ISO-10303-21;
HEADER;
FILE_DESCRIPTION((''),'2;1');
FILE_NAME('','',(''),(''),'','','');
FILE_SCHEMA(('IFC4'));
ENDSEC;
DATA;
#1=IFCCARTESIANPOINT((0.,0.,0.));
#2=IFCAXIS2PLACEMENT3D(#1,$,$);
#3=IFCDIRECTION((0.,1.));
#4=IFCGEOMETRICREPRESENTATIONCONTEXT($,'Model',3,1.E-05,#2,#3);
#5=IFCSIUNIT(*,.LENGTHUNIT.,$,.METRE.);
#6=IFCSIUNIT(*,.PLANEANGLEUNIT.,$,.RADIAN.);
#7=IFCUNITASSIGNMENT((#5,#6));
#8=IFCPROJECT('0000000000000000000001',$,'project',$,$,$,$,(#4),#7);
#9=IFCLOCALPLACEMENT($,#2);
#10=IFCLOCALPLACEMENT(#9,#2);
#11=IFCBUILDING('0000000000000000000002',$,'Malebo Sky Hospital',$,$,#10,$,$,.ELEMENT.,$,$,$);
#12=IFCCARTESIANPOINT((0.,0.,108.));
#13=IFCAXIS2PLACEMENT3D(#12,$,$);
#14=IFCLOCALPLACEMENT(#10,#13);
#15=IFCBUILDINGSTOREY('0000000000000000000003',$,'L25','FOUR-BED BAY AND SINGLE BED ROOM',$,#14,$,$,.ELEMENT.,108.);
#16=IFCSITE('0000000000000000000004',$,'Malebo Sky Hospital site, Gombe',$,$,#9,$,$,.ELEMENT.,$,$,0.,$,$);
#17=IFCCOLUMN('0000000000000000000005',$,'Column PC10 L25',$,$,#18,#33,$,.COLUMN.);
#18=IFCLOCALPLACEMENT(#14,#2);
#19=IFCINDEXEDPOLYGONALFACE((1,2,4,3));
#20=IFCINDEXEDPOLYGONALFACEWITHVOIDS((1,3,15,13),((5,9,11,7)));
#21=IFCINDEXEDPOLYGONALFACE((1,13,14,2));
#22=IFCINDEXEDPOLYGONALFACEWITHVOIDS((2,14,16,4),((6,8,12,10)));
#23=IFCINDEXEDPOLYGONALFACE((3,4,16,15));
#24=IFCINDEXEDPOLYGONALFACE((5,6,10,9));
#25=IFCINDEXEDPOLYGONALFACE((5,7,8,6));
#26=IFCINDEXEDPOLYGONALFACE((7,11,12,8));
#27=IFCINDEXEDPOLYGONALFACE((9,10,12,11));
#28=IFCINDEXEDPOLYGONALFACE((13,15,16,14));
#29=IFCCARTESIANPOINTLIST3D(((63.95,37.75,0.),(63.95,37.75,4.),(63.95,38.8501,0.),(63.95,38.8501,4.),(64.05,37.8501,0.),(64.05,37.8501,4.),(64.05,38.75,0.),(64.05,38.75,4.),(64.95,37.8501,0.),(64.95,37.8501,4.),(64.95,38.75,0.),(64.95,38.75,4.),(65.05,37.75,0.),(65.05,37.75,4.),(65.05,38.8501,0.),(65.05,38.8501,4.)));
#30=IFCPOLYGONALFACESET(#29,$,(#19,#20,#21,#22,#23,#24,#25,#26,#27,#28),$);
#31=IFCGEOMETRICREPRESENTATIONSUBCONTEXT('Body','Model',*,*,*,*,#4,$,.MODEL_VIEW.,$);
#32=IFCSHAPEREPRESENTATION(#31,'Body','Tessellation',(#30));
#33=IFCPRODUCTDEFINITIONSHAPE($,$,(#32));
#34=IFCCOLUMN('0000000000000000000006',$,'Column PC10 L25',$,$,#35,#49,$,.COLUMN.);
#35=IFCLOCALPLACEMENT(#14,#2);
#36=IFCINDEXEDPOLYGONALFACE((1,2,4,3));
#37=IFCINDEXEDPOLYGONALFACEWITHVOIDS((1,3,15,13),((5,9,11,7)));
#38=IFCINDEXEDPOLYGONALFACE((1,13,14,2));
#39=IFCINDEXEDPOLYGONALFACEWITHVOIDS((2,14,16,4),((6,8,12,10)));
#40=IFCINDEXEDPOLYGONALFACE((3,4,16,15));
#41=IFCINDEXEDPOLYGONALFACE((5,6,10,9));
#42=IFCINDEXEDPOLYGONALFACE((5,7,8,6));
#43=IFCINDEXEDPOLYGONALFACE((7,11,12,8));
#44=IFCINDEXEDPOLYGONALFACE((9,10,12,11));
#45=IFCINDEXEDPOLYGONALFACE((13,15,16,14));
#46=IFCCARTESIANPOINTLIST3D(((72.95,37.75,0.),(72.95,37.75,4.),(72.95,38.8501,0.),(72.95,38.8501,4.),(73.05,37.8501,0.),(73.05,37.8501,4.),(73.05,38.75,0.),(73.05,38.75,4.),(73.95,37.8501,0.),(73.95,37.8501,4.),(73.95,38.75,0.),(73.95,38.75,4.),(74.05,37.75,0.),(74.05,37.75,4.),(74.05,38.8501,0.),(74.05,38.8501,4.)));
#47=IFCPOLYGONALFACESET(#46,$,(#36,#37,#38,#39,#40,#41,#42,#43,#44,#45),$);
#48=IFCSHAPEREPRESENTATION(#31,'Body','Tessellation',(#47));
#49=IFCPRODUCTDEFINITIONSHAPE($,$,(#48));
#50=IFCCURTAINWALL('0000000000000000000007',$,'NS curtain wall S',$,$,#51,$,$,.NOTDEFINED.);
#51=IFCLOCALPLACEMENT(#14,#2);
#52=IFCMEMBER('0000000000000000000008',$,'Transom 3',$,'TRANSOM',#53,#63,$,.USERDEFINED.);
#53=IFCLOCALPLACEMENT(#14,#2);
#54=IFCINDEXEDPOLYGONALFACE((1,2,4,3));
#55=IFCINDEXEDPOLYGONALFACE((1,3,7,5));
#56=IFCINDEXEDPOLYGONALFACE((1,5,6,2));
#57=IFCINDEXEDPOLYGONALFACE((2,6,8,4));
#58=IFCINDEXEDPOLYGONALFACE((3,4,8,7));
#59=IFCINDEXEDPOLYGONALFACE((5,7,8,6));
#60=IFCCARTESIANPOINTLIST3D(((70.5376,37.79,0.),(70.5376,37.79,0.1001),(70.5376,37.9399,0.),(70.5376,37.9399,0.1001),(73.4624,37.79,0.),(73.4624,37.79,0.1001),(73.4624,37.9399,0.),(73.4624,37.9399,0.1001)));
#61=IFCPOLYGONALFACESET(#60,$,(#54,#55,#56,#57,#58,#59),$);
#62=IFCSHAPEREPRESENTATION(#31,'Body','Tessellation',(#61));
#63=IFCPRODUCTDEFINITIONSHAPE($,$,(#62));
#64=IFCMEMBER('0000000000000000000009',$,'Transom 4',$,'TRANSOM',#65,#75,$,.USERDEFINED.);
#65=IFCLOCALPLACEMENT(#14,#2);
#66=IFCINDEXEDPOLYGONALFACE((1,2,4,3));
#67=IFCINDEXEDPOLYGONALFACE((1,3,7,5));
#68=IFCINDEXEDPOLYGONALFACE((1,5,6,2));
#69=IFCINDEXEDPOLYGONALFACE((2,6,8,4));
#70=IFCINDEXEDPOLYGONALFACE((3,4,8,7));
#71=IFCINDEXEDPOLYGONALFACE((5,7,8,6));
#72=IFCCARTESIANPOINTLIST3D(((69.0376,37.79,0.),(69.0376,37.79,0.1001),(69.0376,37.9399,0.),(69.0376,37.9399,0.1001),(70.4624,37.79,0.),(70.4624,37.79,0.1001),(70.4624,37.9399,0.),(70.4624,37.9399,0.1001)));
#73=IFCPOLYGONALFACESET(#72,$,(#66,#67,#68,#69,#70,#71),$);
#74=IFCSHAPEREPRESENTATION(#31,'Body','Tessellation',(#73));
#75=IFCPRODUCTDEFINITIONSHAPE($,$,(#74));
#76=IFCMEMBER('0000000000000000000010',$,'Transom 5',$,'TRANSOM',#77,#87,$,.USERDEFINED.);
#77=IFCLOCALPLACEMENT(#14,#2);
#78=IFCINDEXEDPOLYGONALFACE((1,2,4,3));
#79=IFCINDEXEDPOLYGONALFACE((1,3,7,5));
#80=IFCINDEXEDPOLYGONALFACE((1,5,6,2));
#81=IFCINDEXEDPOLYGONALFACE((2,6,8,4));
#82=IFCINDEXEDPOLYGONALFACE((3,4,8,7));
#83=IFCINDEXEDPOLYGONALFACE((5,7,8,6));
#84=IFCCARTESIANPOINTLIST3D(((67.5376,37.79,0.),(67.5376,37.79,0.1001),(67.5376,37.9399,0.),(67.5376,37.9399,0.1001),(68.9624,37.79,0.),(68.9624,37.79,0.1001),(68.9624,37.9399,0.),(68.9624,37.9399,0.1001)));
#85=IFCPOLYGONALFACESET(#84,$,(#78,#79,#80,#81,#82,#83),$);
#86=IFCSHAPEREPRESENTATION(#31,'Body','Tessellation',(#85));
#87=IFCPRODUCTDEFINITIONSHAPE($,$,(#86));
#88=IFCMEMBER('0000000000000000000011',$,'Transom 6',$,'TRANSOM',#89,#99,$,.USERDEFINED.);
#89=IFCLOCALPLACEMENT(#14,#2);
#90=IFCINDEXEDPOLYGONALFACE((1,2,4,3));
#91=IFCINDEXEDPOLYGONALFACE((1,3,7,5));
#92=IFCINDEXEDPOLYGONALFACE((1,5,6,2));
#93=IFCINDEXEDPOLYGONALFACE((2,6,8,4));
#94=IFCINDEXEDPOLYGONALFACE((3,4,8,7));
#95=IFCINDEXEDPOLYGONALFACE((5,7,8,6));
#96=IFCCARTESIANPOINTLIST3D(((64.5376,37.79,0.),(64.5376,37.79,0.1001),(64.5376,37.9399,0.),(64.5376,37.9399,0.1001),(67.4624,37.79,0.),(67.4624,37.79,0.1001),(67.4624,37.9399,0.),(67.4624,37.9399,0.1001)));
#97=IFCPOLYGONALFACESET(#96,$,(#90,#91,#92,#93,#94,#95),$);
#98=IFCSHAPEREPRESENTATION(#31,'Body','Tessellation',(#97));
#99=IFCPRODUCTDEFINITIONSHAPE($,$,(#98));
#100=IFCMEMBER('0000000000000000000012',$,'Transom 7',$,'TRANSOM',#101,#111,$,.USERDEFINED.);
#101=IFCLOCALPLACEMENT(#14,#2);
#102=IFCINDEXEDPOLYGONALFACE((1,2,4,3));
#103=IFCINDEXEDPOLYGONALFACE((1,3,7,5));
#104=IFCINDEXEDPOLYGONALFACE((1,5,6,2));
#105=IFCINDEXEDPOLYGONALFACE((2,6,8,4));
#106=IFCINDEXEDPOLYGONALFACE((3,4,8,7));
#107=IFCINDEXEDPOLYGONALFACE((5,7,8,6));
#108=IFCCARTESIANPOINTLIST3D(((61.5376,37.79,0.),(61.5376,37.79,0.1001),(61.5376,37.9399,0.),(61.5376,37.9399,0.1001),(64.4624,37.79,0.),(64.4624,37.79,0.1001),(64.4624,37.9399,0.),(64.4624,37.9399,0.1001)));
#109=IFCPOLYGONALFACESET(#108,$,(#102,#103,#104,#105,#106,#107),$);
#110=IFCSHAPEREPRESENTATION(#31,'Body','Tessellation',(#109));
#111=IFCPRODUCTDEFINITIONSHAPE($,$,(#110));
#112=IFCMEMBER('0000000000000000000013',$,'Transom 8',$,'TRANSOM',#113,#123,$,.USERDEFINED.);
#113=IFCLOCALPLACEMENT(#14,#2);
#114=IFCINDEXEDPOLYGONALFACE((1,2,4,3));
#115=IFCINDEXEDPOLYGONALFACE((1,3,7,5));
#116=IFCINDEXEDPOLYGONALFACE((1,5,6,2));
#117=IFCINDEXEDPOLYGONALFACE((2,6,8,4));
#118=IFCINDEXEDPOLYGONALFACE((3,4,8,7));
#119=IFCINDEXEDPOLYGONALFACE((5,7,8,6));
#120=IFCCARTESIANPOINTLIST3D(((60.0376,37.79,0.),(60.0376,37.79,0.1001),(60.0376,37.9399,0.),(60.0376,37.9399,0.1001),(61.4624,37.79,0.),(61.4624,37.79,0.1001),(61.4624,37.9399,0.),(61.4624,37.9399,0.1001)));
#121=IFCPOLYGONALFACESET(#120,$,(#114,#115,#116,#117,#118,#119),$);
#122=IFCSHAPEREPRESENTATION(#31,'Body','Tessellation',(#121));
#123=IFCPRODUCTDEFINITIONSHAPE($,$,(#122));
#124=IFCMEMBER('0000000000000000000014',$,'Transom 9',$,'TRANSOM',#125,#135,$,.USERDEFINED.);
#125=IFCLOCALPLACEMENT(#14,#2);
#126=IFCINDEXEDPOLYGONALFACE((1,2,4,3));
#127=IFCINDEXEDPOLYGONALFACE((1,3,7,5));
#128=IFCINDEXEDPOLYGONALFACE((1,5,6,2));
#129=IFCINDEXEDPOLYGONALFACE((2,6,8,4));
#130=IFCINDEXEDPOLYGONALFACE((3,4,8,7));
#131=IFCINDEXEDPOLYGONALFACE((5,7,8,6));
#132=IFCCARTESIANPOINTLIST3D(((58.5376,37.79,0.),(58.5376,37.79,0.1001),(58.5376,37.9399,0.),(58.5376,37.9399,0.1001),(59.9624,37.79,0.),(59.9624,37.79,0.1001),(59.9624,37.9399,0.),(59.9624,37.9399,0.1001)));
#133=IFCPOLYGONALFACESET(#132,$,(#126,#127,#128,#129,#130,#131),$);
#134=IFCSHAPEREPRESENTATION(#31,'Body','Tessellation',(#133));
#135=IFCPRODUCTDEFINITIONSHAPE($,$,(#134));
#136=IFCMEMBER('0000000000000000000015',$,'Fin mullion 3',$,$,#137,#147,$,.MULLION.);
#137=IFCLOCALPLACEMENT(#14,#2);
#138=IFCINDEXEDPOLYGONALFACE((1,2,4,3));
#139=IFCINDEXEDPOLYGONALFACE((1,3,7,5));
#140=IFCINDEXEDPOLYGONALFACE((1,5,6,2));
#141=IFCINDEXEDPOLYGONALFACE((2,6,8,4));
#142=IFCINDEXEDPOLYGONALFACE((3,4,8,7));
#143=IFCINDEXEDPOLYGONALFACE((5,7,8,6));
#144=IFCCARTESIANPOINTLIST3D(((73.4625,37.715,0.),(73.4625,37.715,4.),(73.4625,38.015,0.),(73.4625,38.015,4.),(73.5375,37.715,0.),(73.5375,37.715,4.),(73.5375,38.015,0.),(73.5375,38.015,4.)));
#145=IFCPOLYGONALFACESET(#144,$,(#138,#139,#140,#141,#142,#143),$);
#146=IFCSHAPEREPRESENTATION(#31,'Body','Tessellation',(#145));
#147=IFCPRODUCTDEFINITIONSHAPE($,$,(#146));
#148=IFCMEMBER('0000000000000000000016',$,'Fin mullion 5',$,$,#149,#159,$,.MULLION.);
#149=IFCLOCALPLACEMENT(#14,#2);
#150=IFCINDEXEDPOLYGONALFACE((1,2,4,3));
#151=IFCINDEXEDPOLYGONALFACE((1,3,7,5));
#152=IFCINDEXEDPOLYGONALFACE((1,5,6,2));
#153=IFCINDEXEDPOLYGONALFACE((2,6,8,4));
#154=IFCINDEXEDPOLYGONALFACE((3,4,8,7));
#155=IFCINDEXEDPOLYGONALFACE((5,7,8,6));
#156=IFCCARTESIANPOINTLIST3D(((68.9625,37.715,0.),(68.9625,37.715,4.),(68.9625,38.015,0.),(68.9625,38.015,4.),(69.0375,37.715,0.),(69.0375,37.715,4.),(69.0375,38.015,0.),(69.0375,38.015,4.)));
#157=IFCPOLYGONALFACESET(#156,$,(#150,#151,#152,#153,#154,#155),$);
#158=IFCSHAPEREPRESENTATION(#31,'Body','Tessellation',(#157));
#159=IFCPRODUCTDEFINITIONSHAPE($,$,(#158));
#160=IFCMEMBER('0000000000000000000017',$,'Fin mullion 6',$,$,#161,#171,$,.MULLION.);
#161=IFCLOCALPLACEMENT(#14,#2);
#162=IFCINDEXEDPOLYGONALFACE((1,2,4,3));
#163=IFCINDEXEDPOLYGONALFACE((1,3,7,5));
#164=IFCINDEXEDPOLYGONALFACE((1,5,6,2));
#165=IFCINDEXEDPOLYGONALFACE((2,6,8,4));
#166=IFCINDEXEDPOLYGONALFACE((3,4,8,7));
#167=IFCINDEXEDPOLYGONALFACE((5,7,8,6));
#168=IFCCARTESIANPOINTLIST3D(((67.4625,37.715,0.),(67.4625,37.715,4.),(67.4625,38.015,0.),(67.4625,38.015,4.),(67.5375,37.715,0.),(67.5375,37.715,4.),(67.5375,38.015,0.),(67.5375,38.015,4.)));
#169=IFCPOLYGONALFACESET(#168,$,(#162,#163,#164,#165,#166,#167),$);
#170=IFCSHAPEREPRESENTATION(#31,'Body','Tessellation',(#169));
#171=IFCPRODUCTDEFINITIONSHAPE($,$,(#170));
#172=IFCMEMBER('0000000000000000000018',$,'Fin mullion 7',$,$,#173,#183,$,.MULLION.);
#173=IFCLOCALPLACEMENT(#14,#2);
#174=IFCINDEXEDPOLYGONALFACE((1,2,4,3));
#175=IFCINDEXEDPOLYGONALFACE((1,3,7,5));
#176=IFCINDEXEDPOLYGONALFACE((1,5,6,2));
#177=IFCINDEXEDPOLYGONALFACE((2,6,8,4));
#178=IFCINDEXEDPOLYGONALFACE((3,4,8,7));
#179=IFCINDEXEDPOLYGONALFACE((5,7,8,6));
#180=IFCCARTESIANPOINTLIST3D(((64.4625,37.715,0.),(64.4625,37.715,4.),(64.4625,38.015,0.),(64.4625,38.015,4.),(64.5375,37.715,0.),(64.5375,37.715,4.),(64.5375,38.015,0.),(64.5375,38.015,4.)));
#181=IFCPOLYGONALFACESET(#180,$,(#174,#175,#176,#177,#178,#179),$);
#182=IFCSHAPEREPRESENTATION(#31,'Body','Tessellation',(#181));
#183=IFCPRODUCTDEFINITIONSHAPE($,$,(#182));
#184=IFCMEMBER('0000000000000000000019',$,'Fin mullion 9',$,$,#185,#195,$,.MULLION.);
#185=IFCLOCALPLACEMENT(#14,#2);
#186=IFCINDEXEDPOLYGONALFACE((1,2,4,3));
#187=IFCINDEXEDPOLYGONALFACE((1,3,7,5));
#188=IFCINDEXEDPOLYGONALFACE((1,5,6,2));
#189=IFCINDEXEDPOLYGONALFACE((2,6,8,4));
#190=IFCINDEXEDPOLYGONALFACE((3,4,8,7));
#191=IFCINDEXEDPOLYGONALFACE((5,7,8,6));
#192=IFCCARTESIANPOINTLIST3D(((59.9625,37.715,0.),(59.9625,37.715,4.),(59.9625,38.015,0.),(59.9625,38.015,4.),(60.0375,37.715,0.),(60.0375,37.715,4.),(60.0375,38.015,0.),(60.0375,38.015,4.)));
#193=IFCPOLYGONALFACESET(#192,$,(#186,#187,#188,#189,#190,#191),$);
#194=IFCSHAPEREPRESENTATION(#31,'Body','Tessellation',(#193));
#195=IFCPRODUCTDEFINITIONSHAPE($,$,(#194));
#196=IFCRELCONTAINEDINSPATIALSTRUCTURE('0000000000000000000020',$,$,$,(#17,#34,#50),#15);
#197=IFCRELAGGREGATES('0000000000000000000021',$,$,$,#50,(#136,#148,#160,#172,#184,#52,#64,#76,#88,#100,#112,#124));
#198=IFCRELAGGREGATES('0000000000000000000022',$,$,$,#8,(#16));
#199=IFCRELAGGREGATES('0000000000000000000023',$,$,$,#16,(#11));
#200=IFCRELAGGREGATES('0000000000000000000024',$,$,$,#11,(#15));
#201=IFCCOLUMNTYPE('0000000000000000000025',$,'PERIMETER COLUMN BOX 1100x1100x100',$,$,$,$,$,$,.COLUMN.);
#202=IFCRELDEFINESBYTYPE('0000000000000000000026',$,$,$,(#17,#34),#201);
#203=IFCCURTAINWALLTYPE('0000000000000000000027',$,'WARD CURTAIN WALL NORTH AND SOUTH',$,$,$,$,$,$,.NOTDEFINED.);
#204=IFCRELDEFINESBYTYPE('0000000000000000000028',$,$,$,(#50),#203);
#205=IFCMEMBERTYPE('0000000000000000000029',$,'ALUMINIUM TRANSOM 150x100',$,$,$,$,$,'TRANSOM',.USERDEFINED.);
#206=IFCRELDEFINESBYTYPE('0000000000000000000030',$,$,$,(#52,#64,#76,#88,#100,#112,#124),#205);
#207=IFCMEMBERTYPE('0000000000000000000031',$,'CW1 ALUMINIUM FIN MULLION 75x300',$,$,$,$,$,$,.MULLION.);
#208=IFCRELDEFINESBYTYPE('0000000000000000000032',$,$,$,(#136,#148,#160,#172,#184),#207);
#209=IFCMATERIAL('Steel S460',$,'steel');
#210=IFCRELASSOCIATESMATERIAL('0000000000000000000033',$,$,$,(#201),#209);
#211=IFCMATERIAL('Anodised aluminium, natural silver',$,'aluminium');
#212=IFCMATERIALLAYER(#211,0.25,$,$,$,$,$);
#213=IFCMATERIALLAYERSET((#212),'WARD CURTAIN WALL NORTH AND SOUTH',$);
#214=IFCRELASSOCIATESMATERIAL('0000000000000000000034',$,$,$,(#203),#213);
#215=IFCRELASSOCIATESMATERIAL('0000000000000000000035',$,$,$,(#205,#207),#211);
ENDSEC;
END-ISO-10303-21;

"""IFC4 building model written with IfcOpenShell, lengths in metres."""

from ifc_helpers import new_model, si_unit, direction, frame, origin, origin_2d, place, context, subcontext, project, spatial, rectangle, hollow_rectangle, extrude, material, layer, layer_set, material_profile, profile_set, type_object, element, aggregate, save


model = new_model("IFC4")

# Units and contexts
model_context = context("Model", 3, precision=1e-05, world=origin(), true_north=direction((0.0, 1.0)))
body_context = subcontext(model_context, "Body", "Model", "MODEL_VIEW")
ifc_project = project(units=[si_unit("LENGTHUNIT", "METRE"), si_unit("PLANEANGLEUNIT", "RADIAN")], contexts=[model_context])

# Site, building, storey
site_placement = place(None, origin())
site = spatial("IfcSite", under=ifc_project, at=site_placement, Name="Malebo Sky Hospital site, Gombe", CompositionType="ELEMENT", RefElevation=0.0)
building_placement = place(site_placement, origin())
building = spatial("IfcBuilding", under=site, at=building_placement, Name="Malebo Sky Hospital", CompositionType="ELEMENT")
storey_placement = place(building_placement, frame((0.0, 0.0, 108.0)))
storey = spatial("IfcBuildingStorey", under=building, at=storey_placement, Name="L25", Description="FOUR-BED BAY AND SINGLE BED ROOM", CompositionType="ELEMENT", Elevation=108.0)

# Columns
ifc_material_1 = material(Name="Steel S460", Category="steel")
ifc_material_profile_1 = material_profile(ifc_material_1, hollow_rectangle(XDim=1.1001, YDim=1.1001, WallThickness=0.1001, at=origin_2d()), Name="BOX 1100x1100x100")
ifc_profile_set_1 = profile_set([ifc_material_profile_1], Name="Steel S460")
column_type = type_object("IfcColumnType", Name="PERIMETER COLUMN BOX 1100x1100x100", PredefinedType="COLUMN", material=ifc_profile_set_1)
for number, where, z_axis, x_axis, name in (
    (1, (64.5, 38.3, 0.0), (0.0, 0.0, 1.0), (1.0, 0.0, 0.0), "Column PC10 L25"),
    (2, (73.5, 38.3, 0.0), (0.0, 0.0, 1.0), (1.0, 0.0, 0.0), "Column PC10 L25"),
):
    element("IfcColumn", number, at=place(storey_placement, frame(where, z_axis=z_axis, x_axis=x_axis)), inside=storey, type_object=column_type, Name=name, PredefinedType="COLUMN", context=body_context, shape_type="SweptSolid", body=[
        extrude(hollow_rectangle(XDim=1.1001, YDim=1.1001, WallThickness=0.1001, at=origin_2d()), origin(), (0.0, 0.0, 1.0), 4.0),
    ])

# Curtain wall, members
ifc_material_2 = material(Name="Anodised aluminium, natural silver", Category="aluminium")
ifc_layer_1 = layer(ifc_material_2, 0.25)
ifc_layer_set_1 = layer_set([ifc_layer_1], Name="WARD CURTAIN WALL NORTH AND SOUTH")
curtain_wall_type = type_object("IfcCurtainWallType", Name="WARD CURTAIN WALL NORTH AND SOUTH", PredefinedType="NOTDEFINED", material=ifc_layer_set_1)
curtain_wall_placement = place(storey_placement, origin())
curtain_wall = element("IfcCurtainWall", 3, at=curtain_wall_placement, inside=storey, type_object=curtain_wall_type, Name="NS curtain wall S", PredefinedType="NOTDEFINED")
ifc_material_profile_2 = material_profile(ifc_material_2, rectangle(XDim=0.1499, YDim=0.1001, at=origin_2d()), Name="ALUMINIUM TRANSOM 150x100")
ifc_profile_set_2 = profile_set([ifc_material_profile_2], Name="Anodised aluminium, natural silver")
member_type_1 = type_object("IfcMemberType", Name="ALUMINIUM TRANSOM 150x100", ElementType="TRANSOM", PredefinedType="USERDEFINED", material=ifc_profile_set_2)
member_1_placement = place(storey_placement, frame((73.4624, 37.865, 0.05), z_axis=(-1.0, 0.0, 0.0), x_axis=(0.0, -1.0, 0.0)))
member_1 = element("IfcMember", 4, at=member_1_placement, type_object=member_type_1, Name="Transom 3", ObjectType="TRANSOM", PredefinedType="USERDEFINED", context=body_context, shape_type="SweptSolid", body=[
    extrude(rectangle(XDim=0.1499, YDim=0.1001, at=origin_2d()), origin(), (0.0, 0.0, 1.0), 2.9248),
])
member_2_placement = place(storey_placement, frame((70.4624, 37.865, 0.05), z_axis=(-1.0, 0.0, 0.0), x_axis=(0.0, -1.0, 0.0)))
member_2 = element("IfcMember", 5, at=member_2_placement, type_object=member_type_1, Name="Transom 4", ObjectType="TRANSOM", PredefinedType="USERDEFINED", context=body_context, shape_type="SweptSolid", body=[
    extrude(rectangle(XDim=0.1499, YDim=0.1001, at=origin_2d()), origin(), (0.0, 0.0, 1.0), 1.4248),
])
member_3_placement = place(storey_placement, frame((68.9624, 37.865, 0.05), z_axis=(-1.0, 0.0, 0.0), x_axis=(0.0, -1.0, 0.0)))
member_3 = element("IfcMember", 6, at=member_3_placement, type_object=member_type_1, Name="Transom 5", ObjectType="TRANSOM", PredefinedType="USERDEFINED", context=body_context, shape_type="SweptSolid", body=[
    extrude(rectangle(XDim=0.1499, YDim=0.1001, at=origin_2d()), origin(), (0.0, 0.0, 1.0), 1.4248),
])
member_4_placement = place(storey_placement, frame((67.4624, 37.865, 0.05), z_axis=(-1.0, 0.0, 0.0), x_axis=(0.0, -1.0, 0.0)))
member_4 = element("IfcMember", 7, at=member_4_placement, type_object=member_type_1, Name="Transom 6", ObjectType="TRANSOM", PredefinedType="USERDEFINED", context=body_context, shape_type="SweptSolid", body=[
    extrude(rectangle(XDim=0.1499, YDim=0.1001, at=origin_2d()), origin(), (0.0, 0.0, 1.0), 2.9248),
])
member_5_placement = place(storey_placement, frame((64.4624, 37.865, 0.05), z_axis=(-1.0, 0.0, 0.0), x_axis=(0.0, -1.0, 0.0)))
member_5 = element("IfcMember", 8, at=member_5_placement, type_object=member_type_1, Name="Transom 7", ObjectType="TRANSOM", PredefinedType="USERDEFINED", context=body_context, shape_type="SweptSolid", body=[
    extrude(rectangle(XDim=0.1499, YDim=0.1001, at=origin_2d()), origin(), (0.0, 0.0, 1.0), 2.9248),
])
member_6_placement = place(storey_placement, frame((61.4624, 37.865, 0.05), z_axis=(-1.0, 0.0, 0.0), x_axis=(0.0, -1.0, 0.0)))
member_6 = element("IfcMember", 9, at=member_6_placement, type_object=member_type_1, Name="Transom 8", ObjectType="TRANSOM", PredefinedType="USERDEFINED", context=body_context, shape_type="SweptSolid", body=[
    extrude(rectangle(XDim=0.1499, YDim=0.1001, at=origin_2d()), origin(), (0.0, 0.0, 1.0), 1.4248),
])
member_7_placement = place(storey_placement, frame((59.9624, 37.865, 0.05), z_axis=(-1.0, 0.0, 0.0), x_axis=(0.0, -1.0, 0.0)))
member_7 = element("IfcMember", 10, at=member_7_placement, type_object=member_type_1, Name="Transom 9", ObjectType="TRANSOM", PredefinedType="USERDEFINED", context=body_context, shape_type="SweptSolid", body=[
    extrude(rectangle(XDim=0.1499, YDim=0.1001, at=origin_2d()), origin(), (0.0, 0.0, 1.0), 1.4248),
])
ifc_material_profile_3 = material_profile(ifc_material_2, rectangle(XDim=0.075, YDim=0.3, at=origin_2d()), Name="CW1 ALUMINIUM FIN MULLION 75x300")
ifc_profile_set_3 = profile_set([ifc_material_profile_3], Name="Anodised aluminium, natural silver")
member_type_2 = type_object("IfcMemberType", Name="CW1 ALUMINIUM FIN MULLION 75x300", PredefinedType="MULLION", material=ifc_profile_set_3)
member_8_placement = place(storey_placement, frame((73.5, 37.865, 0.0), z_axis=(0.0, 0.0, 1.0), x_axis=(-1.0, 0.0, 0.0)))
member_8 = element("IfcMember", 11, at=member_8_placement, type_object=member_type_2, Name="Fin mullion 3", PredefinedType="MULLION", context=body_context, shape_type="SweptSolid", body=[
    extrude(rectangle(XDim=0.075, YDim=0.3, at=origin_2d()), origin(), (0.0, 0.0, 1.0), 4.0),
])
member_9_placement = place(storey_placement, frame((69.0, 37.865, 0.0), z_axis=(0.0, 0.0, 1.0), x_axis=(-1.0, 0.0, 0.0)))
member_9 = element("IfcMember", 12, at=member_9_placement, type_object=member_type_2, Name="Fin mullion 5", PredefinedType="MULLION", context=body_context, shape_type="SweptSolid", body=[
    extrude(rectangle(XDim=0.075, YDim=0.3, at=origin_2d()), origin(), (0.0, 0.0, 1.0), 4.0),
])
member_10_placement = place(storey_placement, frame((67.5, 37.865, 0.0), z_axis=(0.0, 0.0, 1.0), x_axis=(-1.0, 0.0, 0.0)))
member_10 = element("IfcMember", 13, at=member_10_placement, type_object=member_type_2, Name="Fin mullion 6", PredefinedType="MULLION", context=body_context, shape_type="SweptSolid", body=[
    extrude(rectangle(XDim=0.075, YDim=0.3, at=origin_2d()), origin(), (0.0, 0.0, 1.0), 4.0),
])
member_11_placement = place(storey_placement, frame((64.5, 37.865, 0.0), z_axis=(0.0, 0.0, 1.0), x_axis=(-1.0, 0.0, 0.0)))
member_11 = element("IfcMember", 14, at=member_11_placement, type_object=member_type_2, Name="Fin mullion 7", PredefinedType="MULLION", context=body_context, shape_type="SweptSolid", body=[
    extrude(rectangle(XDim=0.075, YDim=0.3, at=origin_2d()), origin(), (0.0, 0.0, 1.0), 4.0),
])
member_12_placement = place(storey_placement, frame((60.0, 37.865, 0.0), z_axis=(0.0, 0.0, 1.0), x_axis=(-1.0, 0.0, 0.0)))
member_12 = element("IfcMember", 15, at=member_12_placement, type_object=member_type_2, Name="Fin mullion 9", PredefinedType="MULLION", context=body_context, shape_type="SweptSolid", body=[
    extrude(rectangle(XDim=0.075, YDim=0.3, at=origin_2d()), origin(), (0.0, 0.0, 1.0), 4.0),
])

aggregate(curtain_wall, [member_8, member_9, member_10, member_11, member_12, member_1, member_2, member_3, member_4, member_5, member_6, member_7])

save(model, "model.ifc")
